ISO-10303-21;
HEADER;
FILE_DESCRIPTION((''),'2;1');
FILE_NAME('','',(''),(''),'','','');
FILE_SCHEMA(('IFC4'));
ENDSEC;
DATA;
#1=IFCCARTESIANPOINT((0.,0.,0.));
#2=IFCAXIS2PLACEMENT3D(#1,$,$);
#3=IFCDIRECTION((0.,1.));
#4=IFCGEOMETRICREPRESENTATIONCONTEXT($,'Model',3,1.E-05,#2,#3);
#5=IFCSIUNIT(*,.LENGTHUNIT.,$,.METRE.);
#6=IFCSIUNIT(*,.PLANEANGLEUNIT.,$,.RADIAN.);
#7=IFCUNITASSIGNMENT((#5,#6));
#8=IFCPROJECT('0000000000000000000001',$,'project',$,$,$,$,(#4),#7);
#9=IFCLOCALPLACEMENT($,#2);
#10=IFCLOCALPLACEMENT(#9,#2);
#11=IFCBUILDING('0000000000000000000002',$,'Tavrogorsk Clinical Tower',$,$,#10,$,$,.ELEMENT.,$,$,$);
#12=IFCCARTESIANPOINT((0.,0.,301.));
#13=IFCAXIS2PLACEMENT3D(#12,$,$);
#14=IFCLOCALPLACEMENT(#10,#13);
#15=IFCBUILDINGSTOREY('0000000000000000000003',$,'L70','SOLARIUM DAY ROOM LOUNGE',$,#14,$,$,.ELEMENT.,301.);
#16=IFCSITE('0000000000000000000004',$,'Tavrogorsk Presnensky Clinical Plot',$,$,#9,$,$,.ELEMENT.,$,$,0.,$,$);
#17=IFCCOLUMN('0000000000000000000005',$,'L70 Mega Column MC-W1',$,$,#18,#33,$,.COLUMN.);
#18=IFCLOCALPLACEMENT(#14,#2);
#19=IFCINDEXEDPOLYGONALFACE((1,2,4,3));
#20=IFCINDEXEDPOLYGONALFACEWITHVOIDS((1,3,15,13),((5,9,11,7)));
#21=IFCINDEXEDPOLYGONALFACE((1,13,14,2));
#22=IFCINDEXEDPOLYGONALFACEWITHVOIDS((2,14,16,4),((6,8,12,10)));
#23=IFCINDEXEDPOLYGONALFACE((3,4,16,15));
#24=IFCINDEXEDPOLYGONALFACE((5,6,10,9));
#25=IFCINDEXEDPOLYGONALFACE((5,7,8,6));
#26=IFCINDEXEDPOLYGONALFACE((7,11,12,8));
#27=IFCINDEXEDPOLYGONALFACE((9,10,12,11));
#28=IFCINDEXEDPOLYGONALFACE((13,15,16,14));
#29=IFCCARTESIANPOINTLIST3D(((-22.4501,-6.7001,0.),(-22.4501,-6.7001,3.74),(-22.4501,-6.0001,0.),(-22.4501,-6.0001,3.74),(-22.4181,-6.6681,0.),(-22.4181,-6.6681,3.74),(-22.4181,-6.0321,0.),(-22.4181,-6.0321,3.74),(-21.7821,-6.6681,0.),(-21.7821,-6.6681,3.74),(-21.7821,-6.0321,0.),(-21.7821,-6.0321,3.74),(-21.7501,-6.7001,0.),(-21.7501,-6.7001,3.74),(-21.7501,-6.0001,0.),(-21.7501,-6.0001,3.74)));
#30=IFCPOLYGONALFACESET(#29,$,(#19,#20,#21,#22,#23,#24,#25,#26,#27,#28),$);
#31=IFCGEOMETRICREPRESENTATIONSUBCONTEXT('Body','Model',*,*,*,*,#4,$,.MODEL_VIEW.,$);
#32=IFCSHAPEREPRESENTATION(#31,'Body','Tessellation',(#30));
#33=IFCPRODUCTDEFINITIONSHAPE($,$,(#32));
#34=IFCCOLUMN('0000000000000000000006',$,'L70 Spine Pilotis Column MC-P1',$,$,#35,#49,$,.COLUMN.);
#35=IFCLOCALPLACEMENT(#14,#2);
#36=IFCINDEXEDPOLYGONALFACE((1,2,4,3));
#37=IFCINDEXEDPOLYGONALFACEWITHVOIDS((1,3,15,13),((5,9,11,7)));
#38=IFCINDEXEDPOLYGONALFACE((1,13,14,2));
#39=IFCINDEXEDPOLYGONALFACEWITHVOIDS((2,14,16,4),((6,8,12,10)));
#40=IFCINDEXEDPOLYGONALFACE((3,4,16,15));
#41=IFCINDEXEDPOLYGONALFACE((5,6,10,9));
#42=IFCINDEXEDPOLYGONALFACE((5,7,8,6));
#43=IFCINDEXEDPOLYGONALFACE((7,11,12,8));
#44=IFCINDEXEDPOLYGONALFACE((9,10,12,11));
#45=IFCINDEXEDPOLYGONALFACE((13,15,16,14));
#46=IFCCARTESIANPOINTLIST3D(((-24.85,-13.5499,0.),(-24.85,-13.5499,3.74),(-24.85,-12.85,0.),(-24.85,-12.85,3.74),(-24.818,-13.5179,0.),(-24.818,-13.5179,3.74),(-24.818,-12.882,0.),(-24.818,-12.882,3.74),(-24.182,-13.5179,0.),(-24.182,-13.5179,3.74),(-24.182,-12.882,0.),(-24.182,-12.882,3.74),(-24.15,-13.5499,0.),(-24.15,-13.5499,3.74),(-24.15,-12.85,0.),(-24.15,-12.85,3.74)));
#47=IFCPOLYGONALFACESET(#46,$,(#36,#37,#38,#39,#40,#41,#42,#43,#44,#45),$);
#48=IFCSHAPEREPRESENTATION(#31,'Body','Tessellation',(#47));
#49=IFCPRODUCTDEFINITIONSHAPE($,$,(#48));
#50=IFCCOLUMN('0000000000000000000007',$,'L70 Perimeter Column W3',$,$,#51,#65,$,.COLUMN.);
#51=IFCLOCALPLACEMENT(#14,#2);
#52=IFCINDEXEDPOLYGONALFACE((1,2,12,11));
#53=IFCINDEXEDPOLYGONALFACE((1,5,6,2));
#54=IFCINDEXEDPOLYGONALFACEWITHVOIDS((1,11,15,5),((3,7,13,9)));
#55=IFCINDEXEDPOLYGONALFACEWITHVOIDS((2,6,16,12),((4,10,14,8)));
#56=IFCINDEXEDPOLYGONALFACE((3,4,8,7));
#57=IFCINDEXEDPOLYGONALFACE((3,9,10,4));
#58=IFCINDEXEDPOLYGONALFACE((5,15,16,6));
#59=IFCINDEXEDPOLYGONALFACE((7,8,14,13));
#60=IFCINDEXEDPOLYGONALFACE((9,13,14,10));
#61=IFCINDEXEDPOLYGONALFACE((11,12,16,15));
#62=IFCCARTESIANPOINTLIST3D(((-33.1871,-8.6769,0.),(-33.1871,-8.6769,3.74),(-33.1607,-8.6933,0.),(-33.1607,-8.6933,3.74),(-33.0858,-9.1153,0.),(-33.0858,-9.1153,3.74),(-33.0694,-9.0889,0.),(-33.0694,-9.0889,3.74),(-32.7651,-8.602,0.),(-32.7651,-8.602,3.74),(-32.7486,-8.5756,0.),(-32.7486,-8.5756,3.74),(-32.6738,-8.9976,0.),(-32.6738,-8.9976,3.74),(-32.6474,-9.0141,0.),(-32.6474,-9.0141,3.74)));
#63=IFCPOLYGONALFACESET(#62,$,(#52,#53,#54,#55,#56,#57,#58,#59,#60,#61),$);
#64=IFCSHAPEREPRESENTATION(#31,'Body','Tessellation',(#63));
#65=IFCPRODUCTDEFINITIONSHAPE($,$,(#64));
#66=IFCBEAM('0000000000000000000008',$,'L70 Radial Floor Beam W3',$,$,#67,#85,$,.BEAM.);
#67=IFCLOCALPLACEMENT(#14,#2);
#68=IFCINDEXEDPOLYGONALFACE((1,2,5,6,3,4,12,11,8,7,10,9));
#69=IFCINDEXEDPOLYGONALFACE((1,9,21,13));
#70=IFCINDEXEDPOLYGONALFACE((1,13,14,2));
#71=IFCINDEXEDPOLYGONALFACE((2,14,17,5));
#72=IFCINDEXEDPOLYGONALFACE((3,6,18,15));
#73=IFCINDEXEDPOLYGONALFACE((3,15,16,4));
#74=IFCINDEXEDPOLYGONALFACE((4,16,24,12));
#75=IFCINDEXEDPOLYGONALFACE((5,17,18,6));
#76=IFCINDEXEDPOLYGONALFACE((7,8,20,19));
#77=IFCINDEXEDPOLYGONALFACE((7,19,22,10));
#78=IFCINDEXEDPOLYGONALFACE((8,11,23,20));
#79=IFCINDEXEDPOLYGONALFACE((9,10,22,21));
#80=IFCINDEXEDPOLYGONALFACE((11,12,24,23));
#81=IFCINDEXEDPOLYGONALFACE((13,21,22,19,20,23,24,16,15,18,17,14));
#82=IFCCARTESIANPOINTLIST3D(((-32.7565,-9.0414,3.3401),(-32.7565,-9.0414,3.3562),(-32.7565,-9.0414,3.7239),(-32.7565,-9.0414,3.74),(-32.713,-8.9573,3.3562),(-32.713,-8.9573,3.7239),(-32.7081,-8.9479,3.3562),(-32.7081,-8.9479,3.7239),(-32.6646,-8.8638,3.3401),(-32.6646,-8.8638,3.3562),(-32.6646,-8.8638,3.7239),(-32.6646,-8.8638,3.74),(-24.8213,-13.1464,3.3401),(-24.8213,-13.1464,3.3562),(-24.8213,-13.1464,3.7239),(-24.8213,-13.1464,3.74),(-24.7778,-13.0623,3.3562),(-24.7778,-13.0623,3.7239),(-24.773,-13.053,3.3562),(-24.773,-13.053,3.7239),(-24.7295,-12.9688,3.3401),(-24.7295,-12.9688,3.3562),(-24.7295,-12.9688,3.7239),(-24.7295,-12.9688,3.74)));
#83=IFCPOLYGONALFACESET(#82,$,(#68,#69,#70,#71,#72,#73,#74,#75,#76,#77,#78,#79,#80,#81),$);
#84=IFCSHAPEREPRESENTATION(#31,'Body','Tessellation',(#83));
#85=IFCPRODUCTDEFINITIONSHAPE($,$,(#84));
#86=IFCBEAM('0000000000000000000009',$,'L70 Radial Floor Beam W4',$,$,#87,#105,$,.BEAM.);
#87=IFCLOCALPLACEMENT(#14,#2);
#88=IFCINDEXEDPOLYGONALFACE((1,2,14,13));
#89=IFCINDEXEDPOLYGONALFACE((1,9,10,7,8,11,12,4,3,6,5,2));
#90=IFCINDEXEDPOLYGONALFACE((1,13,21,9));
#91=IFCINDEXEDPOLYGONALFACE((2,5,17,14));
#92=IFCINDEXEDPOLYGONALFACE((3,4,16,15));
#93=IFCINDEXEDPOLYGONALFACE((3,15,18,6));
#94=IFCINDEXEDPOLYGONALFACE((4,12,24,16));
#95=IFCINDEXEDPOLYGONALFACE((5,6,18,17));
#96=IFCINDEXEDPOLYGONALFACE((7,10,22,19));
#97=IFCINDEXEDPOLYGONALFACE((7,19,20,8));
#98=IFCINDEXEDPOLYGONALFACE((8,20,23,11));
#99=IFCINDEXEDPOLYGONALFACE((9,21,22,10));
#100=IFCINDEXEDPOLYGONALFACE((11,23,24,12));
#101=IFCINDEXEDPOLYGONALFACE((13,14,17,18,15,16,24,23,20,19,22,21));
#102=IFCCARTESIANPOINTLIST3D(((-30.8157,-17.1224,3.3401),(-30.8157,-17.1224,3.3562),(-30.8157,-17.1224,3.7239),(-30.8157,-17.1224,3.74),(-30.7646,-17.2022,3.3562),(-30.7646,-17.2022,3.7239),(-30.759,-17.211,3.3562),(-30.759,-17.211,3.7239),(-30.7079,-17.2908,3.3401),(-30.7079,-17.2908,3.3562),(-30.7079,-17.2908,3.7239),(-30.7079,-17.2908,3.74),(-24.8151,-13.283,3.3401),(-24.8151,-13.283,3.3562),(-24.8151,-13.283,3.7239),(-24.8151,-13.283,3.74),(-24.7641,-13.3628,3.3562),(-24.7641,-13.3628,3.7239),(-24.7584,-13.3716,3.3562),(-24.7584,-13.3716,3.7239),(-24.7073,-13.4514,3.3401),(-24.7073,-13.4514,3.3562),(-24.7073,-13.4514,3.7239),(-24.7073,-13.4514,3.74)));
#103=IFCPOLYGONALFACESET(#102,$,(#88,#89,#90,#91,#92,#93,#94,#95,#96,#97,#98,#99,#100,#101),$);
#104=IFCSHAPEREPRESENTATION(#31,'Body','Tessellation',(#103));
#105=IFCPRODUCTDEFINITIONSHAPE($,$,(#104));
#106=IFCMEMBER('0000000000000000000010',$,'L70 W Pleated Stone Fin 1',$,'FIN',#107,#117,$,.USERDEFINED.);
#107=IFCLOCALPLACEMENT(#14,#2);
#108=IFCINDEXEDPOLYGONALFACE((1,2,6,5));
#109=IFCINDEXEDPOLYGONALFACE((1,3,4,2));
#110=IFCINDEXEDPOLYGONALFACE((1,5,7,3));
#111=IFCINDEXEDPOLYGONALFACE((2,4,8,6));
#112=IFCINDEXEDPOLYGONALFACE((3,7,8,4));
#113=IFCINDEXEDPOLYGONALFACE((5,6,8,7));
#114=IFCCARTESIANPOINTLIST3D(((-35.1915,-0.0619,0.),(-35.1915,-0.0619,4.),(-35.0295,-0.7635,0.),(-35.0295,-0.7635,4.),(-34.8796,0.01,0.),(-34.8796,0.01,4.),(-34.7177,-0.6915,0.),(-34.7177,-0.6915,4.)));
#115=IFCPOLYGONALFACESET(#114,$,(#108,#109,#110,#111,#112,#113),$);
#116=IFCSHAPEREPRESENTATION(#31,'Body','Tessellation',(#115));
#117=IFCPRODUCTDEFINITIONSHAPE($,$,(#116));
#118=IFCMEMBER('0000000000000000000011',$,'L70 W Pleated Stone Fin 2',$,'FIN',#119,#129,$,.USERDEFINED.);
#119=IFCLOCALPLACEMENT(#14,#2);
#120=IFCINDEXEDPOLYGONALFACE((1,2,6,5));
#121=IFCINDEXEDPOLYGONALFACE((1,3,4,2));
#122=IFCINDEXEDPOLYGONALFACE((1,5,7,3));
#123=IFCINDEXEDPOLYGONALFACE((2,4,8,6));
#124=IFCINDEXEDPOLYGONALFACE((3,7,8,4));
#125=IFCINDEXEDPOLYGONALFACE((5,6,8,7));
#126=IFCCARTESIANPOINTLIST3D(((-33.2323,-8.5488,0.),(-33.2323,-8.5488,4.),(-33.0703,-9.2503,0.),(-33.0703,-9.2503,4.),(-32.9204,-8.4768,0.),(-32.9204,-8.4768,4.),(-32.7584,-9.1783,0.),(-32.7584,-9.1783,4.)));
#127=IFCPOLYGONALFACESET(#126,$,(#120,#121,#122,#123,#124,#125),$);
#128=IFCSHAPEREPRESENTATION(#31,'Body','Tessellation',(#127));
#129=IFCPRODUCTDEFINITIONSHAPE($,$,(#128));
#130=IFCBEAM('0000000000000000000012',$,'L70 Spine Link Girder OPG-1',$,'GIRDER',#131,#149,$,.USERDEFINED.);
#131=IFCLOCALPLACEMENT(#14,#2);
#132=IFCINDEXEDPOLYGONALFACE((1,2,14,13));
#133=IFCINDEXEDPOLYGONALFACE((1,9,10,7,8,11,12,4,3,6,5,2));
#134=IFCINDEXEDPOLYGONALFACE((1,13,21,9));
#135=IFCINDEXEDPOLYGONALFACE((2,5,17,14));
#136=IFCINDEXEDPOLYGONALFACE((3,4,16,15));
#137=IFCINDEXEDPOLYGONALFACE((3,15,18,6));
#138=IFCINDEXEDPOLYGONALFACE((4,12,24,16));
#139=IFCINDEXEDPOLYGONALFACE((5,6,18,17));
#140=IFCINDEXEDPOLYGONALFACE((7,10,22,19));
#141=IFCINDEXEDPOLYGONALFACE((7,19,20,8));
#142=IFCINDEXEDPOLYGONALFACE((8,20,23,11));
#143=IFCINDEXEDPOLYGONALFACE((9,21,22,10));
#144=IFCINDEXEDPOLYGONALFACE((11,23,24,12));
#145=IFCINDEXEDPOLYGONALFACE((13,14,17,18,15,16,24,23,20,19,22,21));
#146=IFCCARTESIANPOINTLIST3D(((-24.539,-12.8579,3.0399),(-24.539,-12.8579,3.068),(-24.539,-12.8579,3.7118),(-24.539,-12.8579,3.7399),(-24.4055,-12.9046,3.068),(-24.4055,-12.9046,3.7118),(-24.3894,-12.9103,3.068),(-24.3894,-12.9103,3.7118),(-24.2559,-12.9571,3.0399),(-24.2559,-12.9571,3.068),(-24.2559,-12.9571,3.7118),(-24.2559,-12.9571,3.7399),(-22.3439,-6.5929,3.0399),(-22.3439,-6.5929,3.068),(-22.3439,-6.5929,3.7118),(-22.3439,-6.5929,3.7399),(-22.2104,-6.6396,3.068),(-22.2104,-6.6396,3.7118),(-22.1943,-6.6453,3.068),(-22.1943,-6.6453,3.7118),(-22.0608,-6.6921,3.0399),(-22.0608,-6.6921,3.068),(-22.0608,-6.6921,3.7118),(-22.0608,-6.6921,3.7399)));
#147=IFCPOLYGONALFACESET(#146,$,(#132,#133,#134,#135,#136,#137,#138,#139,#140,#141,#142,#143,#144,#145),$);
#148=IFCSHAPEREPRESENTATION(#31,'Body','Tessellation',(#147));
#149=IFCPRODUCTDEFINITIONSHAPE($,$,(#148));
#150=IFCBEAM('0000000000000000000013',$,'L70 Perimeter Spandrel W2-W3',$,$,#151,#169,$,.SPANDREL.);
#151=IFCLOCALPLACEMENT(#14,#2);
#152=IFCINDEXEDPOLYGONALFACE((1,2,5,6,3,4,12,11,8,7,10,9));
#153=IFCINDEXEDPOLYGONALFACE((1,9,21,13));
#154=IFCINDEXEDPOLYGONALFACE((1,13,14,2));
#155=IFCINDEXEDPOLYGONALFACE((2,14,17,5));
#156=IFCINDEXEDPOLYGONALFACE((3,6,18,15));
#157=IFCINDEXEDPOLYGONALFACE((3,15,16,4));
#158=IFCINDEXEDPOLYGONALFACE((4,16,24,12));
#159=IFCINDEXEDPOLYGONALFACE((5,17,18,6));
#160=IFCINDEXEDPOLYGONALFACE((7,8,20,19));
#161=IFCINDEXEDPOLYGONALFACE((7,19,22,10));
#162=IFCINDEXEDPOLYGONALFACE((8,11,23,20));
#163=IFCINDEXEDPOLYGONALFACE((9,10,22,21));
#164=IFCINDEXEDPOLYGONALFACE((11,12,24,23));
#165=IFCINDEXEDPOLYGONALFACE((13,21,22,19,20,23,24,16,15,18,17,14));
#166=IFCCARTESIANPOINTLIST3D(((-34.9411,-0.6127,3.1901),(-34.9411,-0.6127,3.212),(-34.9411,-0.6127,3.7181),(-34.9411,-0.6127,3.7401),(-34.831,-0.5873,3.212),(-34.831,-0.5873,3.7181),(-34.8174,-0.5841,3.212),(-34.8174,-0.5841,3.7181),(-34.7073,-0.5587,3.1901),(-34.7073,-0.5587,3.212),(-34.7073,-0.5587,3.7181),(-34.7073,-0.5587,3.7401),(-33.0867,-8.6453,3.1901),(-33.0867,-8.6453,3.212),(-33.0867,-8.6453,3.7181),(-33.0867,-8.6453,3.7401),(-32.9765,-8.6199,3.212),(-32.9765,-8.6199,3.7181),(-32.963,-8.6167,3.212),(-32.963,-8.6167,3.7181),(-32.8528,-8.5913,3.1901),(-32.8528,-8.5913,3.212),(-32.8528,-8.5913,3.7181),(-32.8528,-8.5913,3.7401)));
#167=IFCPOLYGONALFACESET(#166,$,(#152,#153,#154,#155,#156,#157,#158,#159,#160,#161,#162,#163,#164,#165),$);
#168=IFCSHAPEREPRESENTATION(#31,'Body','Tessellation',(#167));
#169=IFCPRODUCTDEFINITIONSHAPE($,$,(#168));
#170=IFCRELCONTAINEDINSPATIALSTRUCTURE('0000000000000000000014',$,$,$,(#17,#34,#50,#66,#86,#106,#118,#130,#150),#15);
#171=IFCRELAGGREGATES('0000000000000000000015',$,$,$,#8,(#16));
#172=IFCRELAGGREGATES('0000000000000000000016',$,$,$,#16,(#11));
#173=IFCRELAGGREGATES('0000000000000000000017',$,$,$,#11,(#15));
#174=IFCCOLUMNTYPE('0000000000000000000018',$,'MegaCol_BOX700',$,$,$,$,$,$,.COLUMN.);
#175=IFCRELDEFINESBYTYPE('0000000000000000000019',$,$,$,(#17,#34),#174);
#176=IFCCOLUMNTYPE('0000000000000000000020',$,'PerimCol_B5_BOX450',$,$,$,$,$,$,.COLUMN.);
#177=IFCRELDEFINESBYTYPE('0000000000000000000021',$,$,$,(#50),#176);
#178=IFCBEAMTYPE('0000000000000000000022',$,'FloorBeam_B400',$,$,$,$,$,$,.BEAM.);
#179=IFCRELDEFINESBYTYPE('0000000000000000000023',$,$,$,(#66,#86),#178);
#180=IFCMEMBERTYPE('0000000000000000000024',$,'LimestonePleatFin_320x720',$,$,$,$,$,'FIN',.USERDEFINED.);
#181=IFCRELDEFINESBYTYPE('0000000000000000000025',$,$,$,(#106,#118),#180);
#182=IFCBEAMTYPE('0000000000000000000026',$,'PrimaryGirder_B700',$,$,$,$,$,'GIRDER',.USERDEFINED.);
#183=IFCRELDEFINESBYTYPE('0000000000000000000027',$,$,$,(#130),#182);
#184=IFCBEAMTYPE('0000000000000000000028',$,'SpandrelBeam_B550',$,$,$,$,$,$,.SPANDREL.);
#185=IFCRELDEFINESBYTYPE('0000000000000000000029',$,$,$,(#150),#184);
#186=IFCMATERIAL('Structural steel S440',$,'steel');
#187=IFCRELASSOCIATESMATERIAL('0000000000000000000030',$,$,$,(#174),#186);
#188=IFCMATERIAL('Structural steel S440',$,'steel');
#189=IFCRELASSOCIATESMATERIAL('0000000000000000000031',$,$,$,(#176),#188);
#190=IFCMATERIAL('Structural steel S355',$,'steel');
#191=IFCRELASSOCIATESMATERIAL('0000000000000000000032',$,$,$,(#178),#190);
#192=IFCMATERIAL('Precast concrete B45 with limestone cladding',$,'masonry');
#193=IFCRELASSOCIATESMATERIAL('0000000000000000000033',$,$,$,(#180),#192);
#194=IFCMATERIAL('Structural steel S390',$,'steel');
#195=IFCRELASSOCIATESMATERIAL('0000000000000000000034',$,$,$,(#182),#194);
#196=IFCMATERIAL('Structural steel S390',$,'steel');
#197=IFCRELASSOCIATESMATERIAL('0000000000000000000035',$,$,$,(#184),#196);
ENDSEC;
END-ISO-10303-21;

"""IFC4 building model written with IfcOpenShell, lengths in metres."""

from ifc_helpers import new_model, si_unit, direction, frame, origin, origin_2d, place, context, subcontext, project, spatial, rectangle, hollow_rectangle, i_section, extrude, material, material_profile, profile_set, type_object, element, save


model = new_model("IFC4")

# Units and contexts
model_context = context("Model", 3, precision=1e-05, world=origin(), true_north=direction((0.0, 1.0)))
body_context = subcontext(model_context, "Body", "Model", "MODEL_VIEW")
ifc_project = project(units=[si_unit("LENGTHUNIT", "METRE"), si_unit("PLANEANGLEUNIT", "RADIAN")], contexts=[model_context])

# Site, building, storey
site_placement = place(None, origin())
site = spatial("IfcSite", under=ifc_project, at=site_placement, Name="Tavrogorsk Presnensky Clinical Plot", CompositionType="ELEMENT", RefElevation=0.0)
building_placement = place(site_placement, origin())
building = spatial("IfcBuilding", under=site, at=building_placement, Name="Tavrogorsk Clinical Tower", CompositionType="ELEMENT")
storey_placement = place(building_placement, frame((0.0, 0.0, 301.0)))
storey = spatial("IfcBuildingStorey", under=building, at=storey_placement, Name="L70", Description="SOLARIUM DAY ROOM LOUNGE", CompositionType="ELEMENT", Elevation=301.0)

# Columns
ifc_material_1 = material(Name="Structural steel S440", Category="steel")
ifc_material_profile_1 = material_profile(ifc_material_1, hollow_rectangle(XDim=0.7, YDim=0.7, WallThickness=0.032, at=origin_2d()), Name="BOX-700x700x32")
ifc_profile_set_1 = profile_set([ifc_material_profile_1], Name="Structural steel S440")
column_type_1 = type_object("IfcColumnType", Name="MegaCol_BOX700", PredefinedType="COLUMN", material=ifc_profile_set_1)
for number, where, z_axis, x_axis, name in (
    (1, (-22.1001, -6.3501, 0.0), (0.0, 0.0, 1.0), (1.0, 0.0, 0.0), "L70 Mega Column MC-W1"),
    (2, (-24.5, -13.2, 0.0), (0.0, 0.0, 1.0), (1.0, 0.0, 0.0), "L70 Spine Pilotis Column MC-P1"),
):
    element("IfcColumn", number, at=place(storey_placement, frame(where, z_axis=z_axis, x_axis=x_axis)), inside=storey, type_object=column_type_1, Name=name, PredefinedType="COLUMN", context=body_context, shape_type="SweptSolid", body=[
        extrude(hollow_rectangle(XDim=0.7, YDim=0.7, WallThickness=0.032, at=origin_2d()), origin(), (0.0, 0.0, 1.0), 3.74),
    ])
ifc_material_2 = material(Name="Structural steel S440", Category="steel")
ifc_material_profile_2 = material_profile(ifc_material_2, hollow_rectangle(XDim=0.45, YDim=0.45, WallThickness=0.022, at=origin_2d()), Name="BOX-450x450x22")
ifc_profile_set_2 = profile_set([ifc_material_profile_2], Name="Structural steel S440")
column_type_2 = type_object("IfcColumnType", Name="PerimCol_B5_BOX450", PredefinedType="COLUMN", material=ifc_profile_set_2)
column_placement = place(storey_placement, frame((-32.9172, -8.8455, 0.0), z_axis=(0.0, 0.0, 1.0), x_axis=(0.97437, 0.224951, 0.0)))
element("IfcColumn", 3, at=column_placement, inside=storey, type_object=column_type_2, Name="L70 Perimeter Column W3", PredefinedType="COLUMN", context=body_context, shape_type="SweptSolid", body=[
    extrude(hollow_rectangle(XDim=0.45, YDim=0.45, WallThickness=0.022, at=origin_2d()), origin(), (0.0, 0.0, 1.0), 3.74),
])

# Beams
ifc_material_3 = material(Name="Structural steel S355", Category="steel")
ifc_material_profile_3 = material_profile(ifc_material_3, i_section(OverallWidth=0.2, OverallDepth=0.3999, WebThickness=0.0105, FlangeThickness=0.0161, at=origin_2d()), Name="B-400x200x10.5x16")
ifc_profile_set_3 = profile_set([ifc_material_profile_3], Name="Structural steel S355")
beam_type_1 = type_object("IfcBeamType", Name="FloorBeam_B400", PredefinedType="BEAM", material=ifc_profile_set_3)
beam_1_placement = place(storey_placement, frame((-24.7754, -13.0576, 3.54), z_axis=(-0.888188, 0.459479, 0.0), x_axis=(-0.459479, -0.888188, 0.0)))
element("IfcBeam", 4, at=beam_1_placement, inside=storey, type_object=beam_type_1, Name="L70 Radial Floor Beam W3", PredefinedType="BEAM", context=body_context, shape_type="SweptSolid", body=[
    extrude(i_section(OverallWidth=0.2, OverallDepth=0.3999, WebThickness=0.0105, FlangeThickness=0.0161, at=origin_2d()), origin(), (0.0, 0.0, 1.0), 8.9341),
])
beam_2_placement = place(storey_placement, frame((-24.7612, -13.3672, 3.54), z_axis=(-0.842332, -0.538958, 0.0), x_axis=(0.538958, -0.842332, 0.0)))
element("IfcBeam", 5, at=beam_2_placement, inside=storey, type_object=beam_type_1, Name="L70 Radial Floor Beam W4", PredefinedType="BEAM", context=body_context, shape_type="SweptSolid", body=[
    extrude(i_section(OverallWidth=0.2, OverallDepth=0.3999, WebThickness=0.0105, FlangeThickness=0.0161, at=origin_2d()), origin(), (0.0, 0.0, 1.0), 7.1238),
])

# Members
ifc_material_4 = material(Name="Precast concrete B45 with limestone cladding", Category="masonry")
ifc_material_profile_4 = material_profile(ifc_material_4, rectangle(XDim=0.3201, YDim=0.72, at=origin_2d()), Name="LIMESTONE-FIN-320x720")
ifc_profile_set_4 = profile_set([ifc_material_profile_4], Name="Precast concrete B45 with limestone cladding")
member_type = type_object("IfcMemberType", Name="LimestonePleatFin_320x720", ElementType="FIN", PredefinedType="USERDEFINED", material=ifc_profile_set_4)
for number, where, z_axis, x_axis, name in (
    (6, (-34.9546, -0.3767, 0.0), (0.0, 0.0, 1.0), (0.97437, 0.224951, 0.0), "L70 W Pleated Stone Fin 1"),
    (7, (-32.9954, -8.8635, 0.0), (0.0, 0.0, 1.0), (0.97437, 0.224951, 0.0), "L70 W Pleated Stone Fin 2"),
):
    element("IfcMember", number, at=place(storey_placement, frame(where, z_axis=z_axis, x_axis=x_axis)), inside=storey, type_object=member_type, Name=name, ObjectType="FIN", PredefinedType="USERDEFINED", context=body_context, shape_type="SweptSolid", body=[
        extrude(rectangle(XDim=0.3201, YDim=0.72, at=origin_2d()), origin(), (0.0, 0.0, 1.0), 4.0),
    ])

# Beams
ifc_material_5 = material(Name="Structural steel S390", Category="steel")
ifc_material_profile_5 = material_profile(ifc_material_5, i_section(OverallWidth=0.3, OverallDepth=0.7, WebThickness=0.0171, FlangeThickness=0.0281, at=origin_2d()), Name="B-700x300x17x28")
ifc_profile_set_5 = profile_set([ifc_material_profile_5], Name="Structural steel S390")
beam_type_2 = type_object("IfcBeamType", Name="PrimaryGirder_B700", ElementType="GIRDER", PredefinedType="USERDEFINED", material=ifc_profile_set_5)
beam_3_placement = place(storey_placement, frame((-24.3975, -12.9075, 3.3899), z_axis=(0.330667, 0.943748, 0.0), x_axis=(-0.943748, 0.330667, 0.0)))
element("IfcBeam", 8, at=beam_3_placement, inside=storey, type_object=beam_type_2, Name="L70 Spine Link Girder OPG-1", ObjectType="GIRDER", PredefinedType="USERDEFINED", context=body_context, shape_type="SweptSolid", body=[
    extrude(i_section(OverallWidth=0.3, OverallDepth=0.7, WebThickness=0.0171, FlangeThickness=0.0281, at=origin_2d()), origin(), (0.0, 0.0, 1.0), 6.6384),
])
ifc_material_6 = material(Name="Structural steel S390", Category="steel")
ifc_material_profile_6 = material_profile(ifc_material_6, i_section(OverallWidth=0.24, OverallDepth=0.55, WebThickness=0.0139, FlangeThickness=0.022, at=origin_2d()), Name="B-550x240x14x22")
ifc_profile_set_6 = profile_set([ifc_material_profile_6], Name="Structural steel S390")
beam_type_3 = type_object("IfcBeamType", Name="SpandrelBeam_B550", PredefinedType="SPANDREL", material=ifc_profile_set_6)
beam_4_placement = place(storey_placement, frame((-34.8242, -0.5857, 3.4651), z_axis=(0.22495, -0.97437, 0.0), x_axis=(0.97437, 0.22495, 0.0)))
element("IfcBeam", 9, at=beam_4_placement, inside=storey, type_object=beam_type_3, Name="L70 Perimeter Spandrel W2-W3", PredefinedType="SPANDREL", context=body_context, shape_type="SweptSolid", body=[
    extrude(i_section(OverallWidth=0.24, OverallDepth=0.55, WebThickness=0.0139, FlangeThickness=0.022, at=origin_2d()), origin(), (0.0, 0.0, 1.0), 8.2439),
])

save(model, "model.ifc")
